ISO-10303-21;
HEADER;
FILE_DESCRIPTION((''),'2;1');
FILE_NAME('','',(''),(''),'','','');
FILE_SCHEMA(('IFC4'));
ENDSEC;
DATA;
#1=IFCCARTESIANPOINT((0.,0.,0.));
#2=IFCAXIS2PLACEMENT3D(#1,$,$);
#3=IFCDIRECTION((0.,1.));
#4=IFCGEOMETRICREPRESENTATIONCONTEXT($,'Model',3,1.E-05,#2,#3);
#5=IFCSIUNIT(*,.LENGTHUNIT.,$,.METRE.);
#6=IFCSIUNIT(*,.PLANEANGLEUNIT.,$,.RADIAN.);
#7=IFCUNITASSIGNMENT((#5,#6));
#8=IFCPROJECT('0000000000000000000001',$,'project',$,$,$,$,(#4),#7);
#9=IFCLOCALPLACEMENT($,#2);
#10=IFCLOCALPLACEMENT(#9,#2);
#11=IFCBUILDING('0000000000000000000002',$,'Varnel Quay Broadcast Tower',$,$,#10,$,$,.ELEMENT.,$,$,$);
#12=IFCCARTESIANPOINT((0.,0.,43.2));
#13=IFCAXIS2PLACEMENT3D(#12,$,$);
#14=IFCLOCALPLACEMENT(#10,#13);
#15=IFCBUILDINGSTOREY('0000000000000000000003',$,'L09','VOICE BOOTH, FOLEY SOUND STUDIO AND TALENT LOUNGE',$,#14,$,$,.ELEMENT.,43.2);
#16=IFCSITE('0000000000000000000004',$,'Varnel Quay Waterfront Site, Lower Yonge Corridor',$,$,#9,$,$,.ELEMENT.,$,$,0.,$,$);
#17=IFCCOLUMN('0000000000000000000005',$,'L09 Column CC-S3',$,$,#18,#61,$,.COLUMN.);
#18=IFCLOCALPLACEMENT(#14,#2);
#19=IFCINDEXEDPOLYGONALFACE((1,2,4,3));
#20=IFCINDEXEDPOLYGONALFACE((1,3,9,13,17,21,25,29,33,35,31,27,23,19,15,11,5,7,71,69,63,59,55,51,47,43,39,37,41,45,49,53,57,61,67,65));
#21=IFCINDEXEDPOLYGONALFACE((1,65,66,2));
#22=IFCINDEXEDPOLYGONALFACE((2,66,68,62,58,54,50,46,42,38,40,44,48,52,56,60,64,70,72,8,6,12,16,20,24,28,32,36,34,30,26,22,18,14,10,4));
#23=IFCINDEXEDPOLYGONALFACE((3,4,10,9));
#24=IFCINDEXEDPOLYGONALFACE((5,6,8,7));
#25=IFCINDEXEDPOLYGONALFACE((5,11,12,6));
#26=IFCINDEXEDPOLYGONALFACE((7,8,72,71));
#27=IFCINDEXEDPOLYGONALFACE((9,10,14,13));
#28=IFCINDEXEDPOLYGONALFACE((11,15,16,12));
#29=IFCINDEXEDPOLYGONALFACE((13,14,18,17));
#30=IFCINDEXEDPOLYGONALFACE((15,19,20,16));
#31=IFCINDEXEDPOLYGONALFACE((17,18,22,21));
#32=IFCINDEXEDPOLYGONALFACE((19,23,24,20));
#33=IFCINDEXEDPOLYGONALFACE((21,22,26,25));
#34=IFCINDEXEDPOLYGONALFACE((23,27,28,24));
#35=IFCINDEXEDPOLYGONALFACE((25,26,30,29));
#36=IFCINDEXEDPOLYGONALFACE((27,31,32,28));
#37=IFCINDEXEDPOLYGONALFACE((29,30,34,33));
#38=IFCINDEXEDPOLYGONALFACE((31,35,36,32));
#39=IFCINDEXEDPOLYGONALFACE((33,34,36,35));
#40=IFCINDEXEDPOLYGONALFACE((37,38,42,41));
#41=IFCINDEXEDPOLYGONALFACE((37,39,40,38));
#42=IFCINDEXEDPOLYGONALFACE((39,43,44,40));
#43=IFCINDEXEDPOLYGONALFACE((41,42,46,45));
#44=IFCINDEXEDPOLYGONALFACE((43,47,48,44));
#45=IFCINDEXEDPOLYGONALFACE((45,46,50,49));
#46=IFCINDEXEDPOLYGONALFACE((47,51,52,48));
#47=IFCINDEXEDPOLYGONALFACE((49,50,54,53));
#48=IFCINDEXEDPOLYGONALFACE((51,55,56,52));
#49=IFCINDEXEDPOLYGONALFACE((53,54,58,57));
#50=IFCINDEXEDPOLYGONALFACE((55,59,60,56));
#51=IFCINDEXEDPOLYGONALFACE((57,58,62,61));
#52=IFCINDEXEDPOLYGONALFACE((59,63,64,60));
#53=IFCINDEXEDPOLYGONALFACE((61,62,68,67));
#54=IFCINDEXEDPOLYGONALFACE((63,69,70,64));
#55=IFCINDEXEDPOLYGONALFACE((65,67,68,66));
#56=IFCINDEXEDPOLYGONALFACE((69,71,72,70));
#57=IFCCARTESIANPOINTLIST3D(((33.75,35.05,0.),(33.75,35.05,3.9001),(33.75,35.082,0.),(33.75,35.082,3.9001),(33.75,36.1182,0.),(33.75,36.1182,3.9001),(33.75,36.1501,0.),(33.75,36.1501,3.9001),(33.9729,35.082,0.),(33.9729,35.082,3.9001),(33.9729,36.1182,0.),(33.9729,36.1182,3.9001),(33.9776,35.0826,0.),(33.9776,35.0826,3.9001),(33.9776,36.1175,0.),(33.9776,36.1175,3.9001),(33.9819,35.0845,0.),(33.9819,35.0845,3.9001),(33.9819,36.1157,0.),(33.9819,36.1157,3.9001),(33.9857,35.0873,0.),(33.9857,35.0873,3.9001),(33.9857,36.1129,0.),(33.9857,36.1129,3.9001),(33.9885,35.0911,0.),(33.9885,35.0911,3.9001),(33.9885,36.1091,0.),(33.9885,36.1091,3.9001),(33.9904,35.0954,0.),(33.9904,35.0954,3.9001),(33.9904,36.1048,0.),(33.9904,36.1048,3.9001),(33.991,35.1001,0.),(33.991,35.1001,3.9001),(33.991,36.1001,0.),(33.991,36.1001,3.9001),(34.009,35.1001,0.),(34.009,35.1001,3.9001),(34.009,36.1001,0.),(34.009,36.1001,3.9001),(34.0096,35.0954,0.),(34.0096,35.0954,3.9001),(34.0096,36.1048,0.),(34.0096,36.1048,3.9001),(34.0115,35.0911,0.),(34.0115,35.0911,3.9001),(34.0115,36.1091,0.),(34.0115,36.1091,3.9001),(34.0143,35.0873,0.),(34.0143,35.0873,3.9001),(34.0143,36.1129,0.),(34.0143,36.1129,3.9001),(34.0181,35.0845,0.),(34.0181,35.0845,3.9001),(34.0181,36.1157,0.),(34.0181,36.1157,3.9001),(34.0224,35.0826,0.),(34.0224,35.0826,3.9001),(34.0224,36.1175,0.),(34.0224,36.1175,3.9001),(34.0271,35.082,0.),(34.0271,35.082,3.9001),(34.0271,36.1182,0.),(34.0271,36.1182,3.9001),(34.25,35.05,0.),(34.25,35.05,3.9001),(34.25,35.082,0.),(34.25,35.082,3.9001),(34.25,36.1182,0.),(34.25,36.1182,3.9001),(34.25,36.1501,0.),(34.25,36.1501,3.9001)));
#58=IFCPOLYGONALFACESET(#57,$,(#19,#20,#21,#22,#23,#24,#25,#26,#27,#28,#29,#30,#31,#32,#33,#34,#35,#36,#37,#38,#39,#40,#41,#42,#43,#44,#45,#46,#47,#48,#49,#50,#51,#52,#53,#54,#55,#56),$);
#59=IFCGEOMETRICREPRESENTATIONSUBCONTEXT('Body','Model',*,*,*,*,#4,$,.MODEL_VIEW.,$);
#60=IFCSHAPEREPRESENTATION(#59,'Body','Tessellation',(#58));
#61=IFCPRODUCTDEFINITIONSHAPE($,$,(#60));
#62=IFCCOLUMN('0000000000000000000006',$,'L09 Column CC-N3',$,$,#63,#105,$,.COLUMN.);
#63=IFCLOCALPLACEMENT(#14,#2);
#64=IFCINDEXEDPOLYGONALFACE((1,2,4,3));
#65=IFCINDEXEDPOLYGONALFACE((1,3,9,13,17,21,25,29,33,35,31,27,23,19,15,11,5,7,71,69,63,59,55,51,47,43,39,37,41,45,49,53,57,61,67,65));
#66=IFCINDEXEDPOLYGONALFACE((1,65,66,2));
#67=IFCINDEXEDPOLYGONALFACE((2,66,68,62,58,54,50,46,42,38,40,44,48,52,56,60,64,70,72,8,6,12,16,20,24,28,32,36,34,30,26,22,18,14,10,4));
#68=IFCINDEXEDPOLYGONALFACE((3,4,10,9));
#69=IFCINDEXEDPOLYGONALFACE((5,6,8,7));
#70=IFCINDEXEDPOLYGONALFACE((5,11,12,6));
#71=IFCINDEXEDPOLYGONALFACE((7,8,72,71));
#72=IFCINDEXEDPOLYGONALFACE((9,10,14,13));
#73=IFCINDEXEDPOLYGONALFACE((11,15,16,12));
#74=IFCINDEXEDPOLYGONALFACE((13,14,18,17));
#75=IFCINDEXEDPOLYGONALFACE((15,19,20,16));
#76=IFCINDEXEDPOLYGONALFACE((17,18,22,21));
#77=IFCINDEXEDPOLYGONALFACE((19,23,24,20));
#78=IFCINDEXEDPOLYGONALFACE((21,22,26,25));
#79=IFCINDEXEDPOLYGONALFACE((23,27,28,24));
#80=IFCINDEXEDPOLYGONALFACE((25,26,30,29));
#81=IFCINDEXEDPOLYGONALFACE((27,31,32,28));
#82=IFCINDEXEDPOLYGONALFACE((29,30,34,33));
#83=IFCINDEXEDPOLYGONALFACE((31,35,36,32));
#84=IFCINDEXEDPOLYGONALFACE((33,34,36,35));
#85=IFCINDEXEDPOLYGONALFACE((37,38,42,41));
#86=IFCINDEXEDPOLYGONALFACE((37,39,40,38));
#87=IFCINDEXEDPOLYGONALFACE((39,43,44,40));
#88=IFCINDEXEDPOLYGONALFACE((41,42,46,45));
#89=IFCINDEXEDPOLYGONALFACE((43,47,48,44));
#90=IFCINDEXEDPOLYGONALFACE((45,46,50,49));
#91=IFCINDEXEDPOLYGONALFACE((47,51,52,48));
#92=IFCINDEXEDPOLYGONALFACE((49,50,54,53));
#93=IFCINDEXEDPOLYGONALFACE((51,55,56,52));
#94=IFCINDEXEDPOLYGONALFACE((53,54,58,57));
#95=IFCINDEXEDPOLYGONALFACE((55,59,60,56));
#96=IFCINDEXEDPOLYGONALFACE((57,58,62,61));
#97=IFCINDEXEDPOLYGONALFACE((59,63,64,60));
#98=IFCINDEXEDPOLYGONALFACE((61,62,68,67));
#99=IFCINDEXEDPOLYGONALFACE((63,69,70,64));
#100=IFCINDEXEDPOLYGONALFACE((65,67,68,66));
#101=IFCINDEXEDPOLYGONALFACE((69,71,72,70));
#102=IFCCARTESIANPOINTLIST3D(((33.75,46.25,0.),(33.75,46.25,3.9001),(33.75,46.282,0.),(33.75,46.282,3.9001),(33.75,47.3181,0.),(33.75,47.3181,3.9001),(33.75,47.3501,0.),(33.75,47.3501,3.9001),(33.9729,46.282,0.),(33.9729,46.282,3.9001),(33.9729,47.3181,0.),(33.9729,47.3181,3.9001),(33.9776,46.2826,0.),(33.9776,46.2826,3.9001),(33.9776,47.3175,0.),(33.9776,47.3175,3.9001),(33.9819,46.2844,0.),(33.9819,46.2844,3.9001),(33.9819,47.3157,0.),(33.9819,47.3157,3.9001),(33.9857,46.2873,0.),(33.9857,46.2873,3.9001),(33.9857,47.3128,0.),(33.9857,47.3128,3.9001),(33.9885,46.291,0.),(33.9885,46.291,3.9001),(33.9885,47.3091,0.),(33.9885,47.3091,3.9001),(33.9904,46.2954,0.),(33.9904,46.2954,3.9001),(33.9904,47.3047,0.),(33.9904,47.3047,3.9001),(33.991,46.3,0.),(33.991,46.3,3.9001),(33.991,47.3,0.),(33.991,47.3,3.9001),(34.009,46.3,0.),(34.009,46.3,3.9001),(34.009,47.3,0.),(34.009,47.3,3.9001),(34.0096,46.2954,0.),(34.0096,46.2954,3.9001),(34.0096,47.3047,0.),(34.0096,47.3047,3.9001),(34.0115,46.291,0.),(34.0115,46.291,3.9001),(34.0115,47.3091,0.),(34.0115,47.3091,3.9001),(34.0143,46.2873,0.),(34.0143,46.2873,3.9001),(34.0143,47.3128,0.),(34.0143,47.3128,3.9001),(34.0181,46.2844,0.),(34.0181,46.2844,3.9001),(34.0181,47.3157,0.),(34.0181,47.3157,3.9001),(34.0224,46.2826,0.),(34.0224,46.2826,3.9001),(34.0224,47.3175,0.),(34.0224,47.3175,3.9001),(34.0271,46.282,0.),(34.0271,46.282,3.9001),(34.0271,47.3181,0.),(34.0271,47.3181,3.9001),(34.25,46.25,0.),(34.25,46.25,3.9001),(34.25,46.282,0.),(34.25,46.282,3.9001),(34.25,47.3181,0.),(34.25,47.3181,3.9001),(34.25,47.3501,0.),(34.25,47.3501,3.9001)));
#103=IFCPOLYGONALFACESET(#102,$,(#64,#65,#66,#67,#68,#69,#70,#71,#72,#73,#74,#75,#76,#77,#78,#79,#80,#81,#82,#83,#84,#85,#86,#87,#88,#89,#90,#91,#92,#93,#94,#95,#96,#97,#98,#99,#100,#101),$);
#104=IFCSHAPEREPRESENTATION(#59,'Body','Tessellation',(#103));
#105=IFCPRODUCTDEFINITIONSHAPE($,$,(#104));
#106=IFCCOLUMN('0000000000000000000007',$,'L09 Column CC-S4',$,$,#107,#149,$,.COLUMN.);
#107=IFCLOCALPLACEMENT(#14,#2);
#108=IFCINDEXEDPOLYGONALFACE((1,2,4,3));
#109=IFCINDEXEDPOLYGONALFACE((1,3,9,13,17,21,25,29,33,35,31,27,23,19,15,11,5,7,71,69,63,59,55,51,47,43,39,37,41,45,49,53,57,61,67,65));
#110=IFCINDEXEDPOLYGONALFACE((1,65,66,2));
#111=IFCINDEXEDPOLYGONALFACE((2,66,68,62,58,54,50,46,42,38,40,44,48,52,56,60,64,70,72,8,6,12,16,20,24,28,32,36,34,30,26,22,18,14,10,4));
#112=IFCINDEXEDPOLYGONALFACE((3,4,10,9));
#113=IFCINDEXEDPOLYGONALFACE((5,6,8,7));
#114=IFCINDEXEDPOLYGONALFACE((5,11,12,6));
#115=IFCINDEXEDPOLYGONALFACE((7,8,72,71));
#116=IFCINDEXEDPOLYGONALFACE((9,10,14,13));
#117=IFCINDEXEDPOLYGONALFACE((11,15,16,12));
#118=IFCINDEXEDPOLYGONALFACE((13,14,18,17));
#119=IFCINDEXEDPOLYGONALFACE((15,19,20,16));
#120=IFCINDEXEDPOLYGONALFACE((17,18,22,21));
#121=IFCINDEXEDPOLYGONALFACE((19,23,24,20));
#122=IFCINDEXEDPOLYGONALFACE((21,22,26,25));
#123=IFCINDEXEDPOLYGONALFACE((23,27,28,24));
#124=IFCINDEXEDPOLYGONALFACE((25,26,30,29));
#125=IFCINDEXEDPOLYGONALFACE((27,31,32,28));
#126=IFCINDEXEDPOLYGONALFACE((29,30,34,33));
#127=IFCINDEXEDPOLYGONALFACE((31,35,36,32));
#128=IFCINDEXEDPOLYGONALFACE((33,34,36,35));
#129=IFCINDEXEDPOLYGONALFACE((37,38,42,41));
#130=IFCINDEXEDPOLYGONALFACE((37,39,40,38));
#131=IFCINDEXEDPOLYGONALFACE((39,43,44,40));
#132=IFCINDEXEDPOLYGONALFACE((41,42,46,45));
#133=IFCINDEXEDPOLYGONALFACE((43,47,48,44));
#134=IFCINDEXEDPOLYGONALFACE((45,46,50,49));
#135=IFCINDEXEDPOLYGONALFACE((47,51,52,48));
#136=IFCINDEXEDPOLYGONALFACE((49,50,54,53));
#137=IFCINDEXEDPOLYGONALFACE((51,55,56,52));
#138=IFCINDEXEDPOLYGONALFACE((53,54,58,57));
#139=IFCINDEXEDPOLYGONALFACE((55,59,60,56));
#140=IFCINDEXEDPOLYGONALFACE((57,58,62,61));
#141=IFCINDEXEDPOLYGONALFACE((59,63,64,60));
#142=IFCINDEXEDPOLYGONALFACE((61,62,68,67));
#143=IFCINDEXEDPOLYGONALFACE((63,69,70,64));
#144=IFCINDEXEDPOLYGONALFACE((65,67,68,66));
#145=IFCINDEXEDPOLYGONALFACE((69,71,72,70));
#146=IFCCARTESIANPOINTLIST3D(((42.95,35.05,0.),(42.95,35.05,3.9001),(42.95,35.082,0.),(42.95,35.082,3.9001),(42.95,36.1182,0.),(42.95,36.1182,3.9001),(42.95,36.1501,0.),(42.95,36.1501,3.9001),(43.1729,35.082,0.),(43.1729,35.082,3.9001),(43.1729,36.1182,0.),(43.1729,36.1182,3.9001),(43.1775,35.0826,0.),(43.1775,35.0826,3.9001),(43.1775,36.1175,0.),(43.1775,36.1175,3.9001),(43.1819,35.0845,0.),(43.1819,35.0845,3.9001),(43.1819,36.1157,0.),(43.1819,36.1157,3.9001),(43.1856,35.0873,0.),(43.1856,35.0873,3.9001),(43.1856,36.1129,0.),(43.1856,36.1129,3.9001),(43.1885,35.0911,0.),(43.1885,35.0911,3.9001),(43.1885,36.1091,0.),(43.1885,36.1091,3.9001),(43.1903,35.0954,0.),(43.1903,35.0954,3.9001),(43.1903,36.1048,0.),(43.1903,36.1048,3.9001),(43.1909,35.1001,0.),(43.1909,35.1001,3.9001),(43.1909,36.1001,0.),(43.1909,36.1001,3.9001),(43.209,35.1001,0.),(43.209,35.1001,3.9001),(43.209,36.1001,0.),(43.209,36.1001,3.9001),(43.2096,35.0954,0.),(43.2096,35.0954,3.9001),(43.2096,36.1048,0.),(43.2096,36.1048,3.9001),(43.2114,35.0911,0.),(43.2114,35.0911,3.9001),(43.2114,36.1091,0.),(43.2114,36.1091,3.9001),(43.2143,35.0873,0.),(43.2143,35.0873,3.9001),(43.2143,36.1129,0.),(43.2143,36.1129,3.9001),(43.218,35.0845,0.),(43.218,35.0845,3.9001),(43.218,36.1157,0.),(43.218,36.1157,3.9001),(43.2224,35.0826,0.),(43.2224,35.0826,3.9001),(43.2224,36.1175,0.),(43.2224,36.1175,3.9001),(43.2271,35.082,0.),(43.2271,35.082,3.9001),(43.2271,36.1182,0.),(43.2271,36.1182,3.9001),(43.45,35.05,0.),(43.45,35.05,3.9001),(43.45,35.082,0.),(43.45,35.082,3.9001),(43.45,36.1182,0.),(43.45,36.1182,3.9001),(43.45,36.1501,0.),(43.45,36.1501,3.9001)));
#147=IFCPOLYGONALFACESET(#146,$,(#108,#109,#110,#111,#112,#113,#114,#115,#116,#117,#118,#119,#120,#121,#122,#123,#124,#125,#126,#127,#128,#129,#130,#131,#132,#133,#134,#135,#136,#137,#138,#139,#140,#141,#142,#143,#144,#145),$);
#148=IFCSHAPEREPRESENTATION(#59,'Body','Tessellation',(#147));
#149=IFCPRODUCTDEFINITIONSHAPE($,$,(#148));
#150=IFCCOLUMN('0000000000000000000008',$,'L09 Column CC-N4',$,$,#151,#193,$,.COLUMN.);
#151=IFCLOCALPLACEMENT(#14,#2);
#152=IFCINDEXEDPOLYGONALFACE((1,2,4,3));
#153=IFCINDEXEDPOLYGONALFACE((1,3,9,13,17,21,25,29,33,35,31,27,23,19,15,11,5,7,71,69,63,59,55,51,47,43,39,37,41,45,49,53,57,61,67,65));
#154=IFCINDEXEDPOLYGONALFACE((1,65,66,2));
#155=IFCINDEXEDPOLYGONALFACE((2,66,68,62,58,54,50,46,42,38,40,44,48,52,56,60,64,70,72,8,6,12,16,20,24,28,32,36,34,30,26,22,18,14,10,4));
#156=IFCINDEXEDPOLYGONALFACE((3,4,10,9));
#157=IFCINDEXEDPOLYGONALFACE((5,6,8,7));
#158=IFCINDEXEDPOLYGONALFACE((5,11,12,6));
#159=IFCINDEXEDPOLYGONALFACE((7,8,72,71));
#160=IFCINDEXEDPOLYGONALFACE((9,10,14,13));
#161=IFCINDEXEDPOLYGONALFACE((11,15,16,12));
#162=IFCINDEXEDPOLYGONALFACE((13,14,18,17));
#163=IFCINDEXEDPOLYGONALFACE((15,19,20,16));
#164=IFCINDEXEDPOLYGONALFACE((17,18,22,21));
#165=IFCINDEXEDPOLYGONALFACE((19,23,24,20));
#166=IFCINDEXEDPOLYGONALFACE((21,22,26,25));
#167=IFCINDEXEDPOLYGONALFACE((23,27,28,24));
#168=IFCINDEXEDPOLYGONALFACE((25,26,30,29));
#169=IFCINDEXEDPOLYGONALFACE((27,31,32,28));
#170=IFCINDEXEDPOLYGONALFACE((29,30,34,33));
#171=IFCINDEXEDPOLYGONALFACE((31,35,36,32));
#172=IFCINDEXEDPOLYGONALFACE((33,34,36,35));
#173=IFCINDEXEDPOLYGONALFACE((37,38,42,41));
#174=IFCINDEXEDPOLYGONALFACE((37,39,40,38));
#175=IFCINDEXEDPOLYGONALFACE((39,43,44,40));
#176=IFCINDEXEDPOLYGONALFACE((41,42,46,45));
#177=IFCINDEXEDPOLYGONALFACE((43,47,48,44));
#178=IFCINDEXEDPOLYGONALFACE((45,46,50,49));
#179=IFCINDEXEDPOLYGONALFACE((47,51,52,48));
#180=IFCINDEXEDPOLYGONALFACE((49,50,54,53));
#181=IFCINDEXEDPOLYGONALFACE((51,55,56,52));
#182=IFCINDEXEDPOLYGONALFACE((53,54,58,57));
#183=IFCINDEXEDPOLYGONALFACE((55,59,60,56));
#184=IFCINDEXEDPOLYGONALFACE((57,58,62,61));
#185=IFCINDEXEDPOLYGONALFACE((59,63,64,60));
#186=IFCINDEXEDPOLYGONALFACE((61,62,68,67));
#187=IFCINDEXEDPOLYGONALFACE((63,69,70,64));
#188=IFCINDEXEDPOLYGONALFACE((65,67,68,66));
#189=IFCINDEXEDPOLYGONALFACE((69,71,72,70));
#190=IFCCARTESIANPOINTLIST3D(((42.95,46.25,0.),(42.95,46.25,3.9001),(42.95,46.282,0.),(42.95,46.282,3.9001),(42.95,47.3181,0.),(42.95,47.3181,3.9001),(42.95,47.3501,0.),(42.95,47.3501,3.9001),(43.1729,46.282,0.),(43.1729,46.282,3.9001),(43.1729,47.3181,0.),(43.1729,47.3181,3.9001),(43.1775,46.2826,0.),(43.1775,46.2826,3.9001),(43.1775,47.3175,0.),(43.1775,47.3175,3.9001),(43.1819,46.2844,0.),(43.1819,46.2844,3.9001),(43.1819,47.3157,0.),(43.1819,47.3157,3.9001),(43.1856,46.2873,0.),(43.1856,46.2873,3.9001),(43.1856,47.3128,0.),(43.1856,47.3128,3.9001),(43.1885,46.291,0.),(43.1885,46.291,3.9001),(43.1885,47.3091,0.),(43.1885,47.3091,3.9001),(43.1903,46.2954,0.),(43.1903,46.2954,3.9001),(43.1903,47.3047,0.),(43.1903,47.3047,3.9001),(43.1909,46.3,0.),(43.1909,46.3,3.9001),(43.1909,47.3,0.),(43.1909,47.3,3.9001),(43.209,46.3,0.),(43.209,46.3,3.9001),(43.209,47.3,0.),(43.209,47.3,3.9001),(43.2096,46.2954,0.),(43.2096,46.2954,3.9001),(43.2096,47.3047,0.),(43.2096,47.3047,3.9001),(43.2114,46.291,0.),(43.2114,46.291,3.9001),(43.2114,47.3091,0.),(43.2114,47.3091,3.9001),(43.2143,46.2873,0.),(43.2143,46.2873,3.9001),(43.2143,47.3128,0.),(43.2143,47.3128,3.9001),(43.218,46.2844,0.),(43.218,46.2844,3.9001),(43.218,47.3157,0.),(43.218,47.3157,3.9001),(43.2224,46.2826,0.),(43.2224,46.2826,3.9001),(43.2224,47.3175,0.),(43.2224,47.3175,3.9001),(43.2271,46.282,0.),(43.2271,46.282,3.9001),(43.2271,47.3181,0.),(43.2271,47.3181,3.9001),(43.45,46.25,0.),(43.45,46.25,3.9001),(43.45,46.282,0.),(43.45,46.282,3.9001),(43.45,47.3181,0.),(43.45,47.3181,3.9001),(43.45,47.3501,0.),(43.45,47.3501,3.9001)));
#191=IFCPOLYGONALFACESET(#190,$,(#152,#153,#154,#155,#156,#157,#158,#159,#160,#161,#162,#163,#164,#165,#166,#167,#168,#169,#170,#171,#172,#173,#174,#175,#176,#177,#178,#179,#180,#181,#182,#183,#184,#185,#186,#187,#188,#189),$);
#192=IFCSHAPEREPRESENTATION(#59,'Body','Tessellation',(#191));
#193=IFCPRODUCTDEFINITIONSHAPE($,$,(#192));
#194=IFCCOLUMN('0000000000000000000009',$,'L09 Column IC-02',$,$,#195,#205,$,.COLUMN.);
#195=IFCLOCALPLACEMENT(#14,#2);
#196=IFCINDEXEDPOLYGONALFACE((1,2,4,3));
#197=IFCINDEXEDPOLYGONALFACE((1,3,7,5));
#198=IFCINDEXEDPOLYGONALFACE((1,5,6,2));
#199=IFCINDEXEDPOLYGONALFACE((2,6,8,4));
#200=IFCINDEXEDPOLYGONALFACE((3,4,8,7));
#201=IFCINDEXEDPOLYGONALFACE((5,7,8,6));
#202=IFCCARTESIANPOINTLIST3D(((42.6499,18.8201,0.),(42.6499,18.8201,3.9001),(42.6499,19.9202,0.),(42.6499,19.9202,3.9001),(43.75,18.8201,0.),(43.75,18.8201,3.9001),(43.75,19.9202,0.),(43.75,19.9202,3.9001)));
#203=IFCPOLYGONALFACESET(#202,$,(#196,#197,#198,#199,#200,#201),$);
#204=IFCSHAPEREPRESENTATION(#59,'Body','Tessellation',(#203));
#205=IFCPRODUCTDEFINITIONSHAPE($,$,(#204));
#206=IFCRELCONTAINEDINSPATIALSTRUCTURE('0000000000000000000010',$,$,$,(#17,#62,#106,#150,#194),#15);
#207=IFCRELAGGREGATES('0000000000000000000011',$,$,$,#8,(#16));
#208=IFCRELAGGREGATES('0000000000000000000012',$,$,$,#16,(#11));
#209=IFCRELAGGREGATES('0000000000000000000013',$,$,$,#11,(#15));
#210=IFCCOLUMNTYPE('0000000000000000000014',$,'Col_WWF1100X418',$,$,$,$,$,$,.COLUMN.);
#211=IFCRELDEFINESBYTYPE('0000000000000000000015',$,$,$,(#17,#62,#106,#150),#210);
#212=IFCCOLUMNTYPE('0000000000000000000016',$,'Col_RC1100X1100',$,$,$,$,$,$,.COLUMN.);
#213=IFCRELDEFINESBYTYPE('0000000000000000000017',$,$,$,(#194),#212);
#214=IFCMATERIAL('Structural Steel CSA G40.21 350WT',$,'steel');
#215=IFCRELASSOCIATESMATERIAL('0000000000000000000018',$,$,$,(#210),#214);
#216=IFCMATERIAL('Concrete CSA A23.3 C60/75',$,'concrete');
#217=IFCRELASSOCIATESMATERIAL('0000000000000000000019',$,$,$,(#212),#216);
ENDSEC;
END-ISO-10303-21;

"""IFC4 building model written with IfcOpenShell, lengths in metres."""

from ifc_helpers import new_model, si_unit, direction, frame, origin, origin_2d, place, context, subcontext, project, spatial, rectangle, i_section, extrude, source, transform, mapped, material, material_profile, profile_set, type_object, type_shapes, element, save


model = new_model("IFC4")

# Units and contexts
model_context = context("Model", 3, precision=1e-05, world=origin(), true_north=direction((0.0, 1.0)))
body_context = subcontext(model_context, "Body", "Model", "MODEL_VIEW")
ifc_project = project(units=[si_unit("LENGTHUNIT", "METRE"), si_unit("PLANEANGLEUNIT", "RADIAN")], contexts=[model_context])

# Site, building, storey
site_placement = place(None, origin())
site = spatial("IfcSite", under=ifc_project, at=site_placement, Name="Varnel Quay Waterfront Site, Lower Yonge Corridor", CompositionType="ELEMENT", RefElevation=0.0)
building_placement = place(site_placement, origin())
building = spatial("IfcBuilding", under=site, at=building_placement, Name="Varnel Quay Broadcast Tower", CompositionType="ELEMENT")
storey_placement = place(building_placement, frame((0.0, 0.0, 43.2)))
storey = spatial("IfcBuildingStorey", under=building, at=storey_placement, Name="L09", Description="VOICE BOOTH, FOLEY SOUND STUDIO AND TALENT LOUNGE", CompositionType="ELEMENT", Elevation=43.2)

# Columns
ifc_material_1 = material(Name="Structural Steel CSA G40.21 350WT", Category="steel")
ifc_material_profile_1 = material_profile(ifc_material_1, i_section(OverallWidth=0.5, OverallDepth=1.1001, WebThickness=0.0181, FlangeThickness=0.032, FilletRadius=0.0181, at=origin_2d()), Name="WWF1100X418")
ifc_profile_set_1 = profile_set([ifc_material_profile_1], Name="Structural Steel CSA G40.21 350WT")
column_type_1 = type_object("IfcColumnType", Name="Col_WWF1100X418", PredefinedType="COLUMN", material=ifc_profile_set_1)
shared_shape_1 = source(origin(), body_context, "Body", "SweptSolid", [
    extrude(i_section(OverallWidth=0.5, OverallDepth=1.1001, WebThickness=0.0181, FlangeThickness=0.032, FilletRadius=0.0181, at=origin_2d()), origin(), (0.0, 0.0, 1.0), 3.9001),
])
type_shapes(column_type_1, [shared_shape_1])
for number, where, z_axis, x_axis, name in (
    (1, (34.0, 35.6001, 0.0), (0.0, 0.0, 1.0), (1.0, 0.0, 0.0), "L09 Column CC-S3"),
    (2, (34.0, 46.8, 0.0), (0.0, 0.0, 1.0), (1.0, 0.0, 0.0), "L09 Column CC-N3"),
    (3, (43.2, 35.6001, 0.0), (0.0, 0.0, 1.0), (1.0, 0.0, 0.0), "L09 Column CC-S4"),
    (4, (43.2, 46.8, 0.0), (0.0, 0.0, 1.0), (1.0, 0.0, 0.0), "L09 Column CC-N4"),
):
    element("IfcColumn", number, at=place(storey_placement, frame(where, z_axis=z_axis, x_axis=x_axis)), inside=storey, type_object=column_type_1, Name=name, PredefinedType="COLUMN", context=body_context, shape_type="MappedRepresentation", body=[
        mapped(shared_shape_1, transform((0.0, 0.0, 0.0), x_axis=(1.0, 0.0, 0.0), y_axis=(0.0, 1.0, 0.0), z_axis=(0.0, 0.0, 1.0), scale=1.0)),
    ])
ifc_material_2 = material(Name="Concrete CSA A23.3 C60/75", Category="concrete")
ifc_material_profile_2 = material_profile(ifc_material_2, rectangle(XDim=1.1001, YDim=1.1001, at=origin_2d()), Name="RC1100X1100")
ifc_profile_set_2 = profile_set([ifc_material_profile_2], Name="Concrete CSA A23.3 C60/75")
column_type_2 = type_object("IfcColumnType", Name="Col_RC1100X1100", PredefinedType="COLUMN", material=ifc_profile_set_2)
shared_shape_2 = source(origin(), body_context, "Body", "SweptSolid", [
    extrude(rectangle(XDim=1.1001, YDim=1.1001, at=origin_2d()), origin(), (0.0, 0.0, 1.0), 3.9001),
])
type_shapes(column_type_2, [shared_shape_2])
column_placement = place(storey_placement, frame((43.2, 19.3701, 0.0), z_axis=(0.0, 0.0, 1.0), x_axis=(1.0, 0.0, 0.0)))
element("IfcColumn", 5, at=column_placement, inside=storey, type_object=column_type_2, Name="L09 Column IC-02", PredefinedType="COLUMN", context=body_context, shape_type="MappedRepresentation", body=[
    mapped(shared_shape_2, transform((0.0, 0.0, 0.0), x_axis=(1.0, 0.0, 0.0), y_axis=(0.0, 1.0, 0.0), z_axis=(0.0, 0.0, 1.0), scale=1.0)),
])

save(model, "model.ifc")
